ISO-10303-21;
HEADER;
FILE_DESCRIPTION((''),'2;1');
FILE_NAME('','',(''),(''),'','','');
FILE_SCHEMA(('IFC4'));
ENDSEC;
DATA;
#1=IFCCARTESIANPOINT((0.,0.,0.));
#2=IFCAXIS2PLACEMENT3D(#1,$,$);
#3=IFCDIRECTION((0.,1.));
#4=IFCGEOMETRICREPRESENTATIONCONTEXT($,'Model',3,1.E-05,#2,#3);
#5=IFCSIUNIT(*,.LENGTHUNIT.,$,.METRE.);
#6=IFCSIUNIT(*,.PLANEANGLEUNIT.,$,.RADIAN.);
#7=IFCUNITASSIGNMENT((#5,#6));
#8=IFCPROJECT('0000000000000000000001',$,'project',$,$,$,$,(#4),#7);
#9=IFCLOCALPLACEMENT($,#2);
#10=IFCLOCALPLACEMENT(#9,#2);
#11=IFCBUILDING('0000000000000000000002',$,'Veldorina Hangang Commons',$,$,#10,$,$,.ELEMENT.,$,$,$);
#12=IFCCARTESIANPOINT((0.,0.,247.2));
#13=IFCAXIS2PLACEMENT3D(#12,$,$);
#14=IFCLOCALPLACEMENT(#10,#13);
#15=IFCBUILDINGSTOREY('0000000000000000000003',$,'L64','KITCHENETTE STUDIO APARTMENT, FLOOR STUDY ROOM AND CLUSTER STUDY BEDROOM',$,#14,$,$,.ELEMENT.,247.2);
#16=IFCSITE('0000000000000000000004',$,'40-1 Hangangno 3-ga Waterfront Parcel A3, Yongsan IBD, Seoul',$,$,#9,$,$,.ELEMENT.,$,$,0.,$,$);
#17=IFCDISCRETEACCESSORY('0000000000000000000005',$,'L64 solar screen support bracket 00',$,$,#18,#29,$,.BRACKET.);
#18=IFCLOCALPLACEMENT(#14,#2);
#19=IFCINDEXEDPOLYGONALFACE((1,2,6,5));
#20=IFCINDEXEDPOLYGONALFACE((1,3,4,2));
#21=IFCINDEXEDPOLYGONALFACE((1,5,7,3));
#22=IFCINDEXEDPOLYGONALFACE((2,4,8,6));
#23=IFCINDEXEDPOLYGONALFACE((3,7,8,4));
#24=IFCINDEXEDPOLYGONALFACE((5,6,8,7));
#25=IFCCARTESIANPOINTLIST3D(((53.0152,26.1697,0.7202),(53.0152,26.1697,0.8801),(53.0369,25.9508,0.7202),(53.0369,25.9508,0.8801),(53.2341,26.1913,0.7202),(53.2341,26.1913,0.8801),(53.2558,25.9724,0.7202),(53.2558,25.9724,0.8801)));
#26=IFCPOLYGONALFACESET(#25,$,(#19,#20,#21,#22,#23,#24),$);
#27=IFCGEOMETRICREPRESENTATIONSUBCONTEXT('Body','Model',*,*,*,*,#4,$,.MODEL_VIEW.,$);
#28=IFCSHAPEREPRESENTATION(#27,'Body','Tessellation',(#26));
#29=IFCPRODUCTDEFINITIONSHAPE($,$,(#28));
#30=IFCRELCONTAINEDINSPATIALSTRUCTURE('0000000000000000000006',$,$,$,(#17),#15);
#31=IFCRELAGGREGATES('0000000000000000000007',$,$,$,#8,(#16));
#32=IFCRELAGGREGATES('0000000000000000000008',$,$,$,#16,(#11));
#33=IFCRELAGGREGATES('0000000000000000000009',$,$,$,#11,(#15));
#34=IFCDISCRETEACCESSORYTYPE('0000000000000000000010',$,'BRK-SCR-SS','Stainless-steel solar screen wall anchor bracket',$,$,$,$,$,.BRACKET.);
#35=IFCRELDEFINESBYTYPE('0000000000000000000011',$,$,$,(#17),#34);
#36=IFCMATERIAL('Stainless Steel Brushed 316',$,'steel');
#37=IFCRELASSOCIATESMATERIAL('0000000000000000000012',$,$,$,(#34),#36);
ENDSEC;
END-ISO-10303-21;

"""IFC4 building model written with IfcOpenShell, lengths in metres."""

from ifc_helpers import new_model, si_unit, direction, frame, origin, origin_2d, place, context, subcontext, project, spatial, rectangle, extrude, material, type_object, element, save


model = new_model("IFC4")

# Units and contexts
model_context = context("Model", 3, precision=1e-05, world=origin(), true_north=direction((0.0, 1.0)))
body_context = subcontext(model_context, "Body", "Model", "MODEL_VIEW")
ifc_project = project(units=[si_unit("LENGTHUNIT", "METRE"), si_unit("PLANEANGLEUNIT", "RADIAN")], contexts=[model_context])

# Site, building, storey
site_placement = place(None, origin())
site = spatial("IfcSite", under=ifc_project, at=site_placement, Name="40-1 Hangangno 3-ga Waterfront Parcel A3, Yongsan IBD, Seoul", CompositionType="ELEMENT", RefElevation=0.0)
building_placement = place(site_placement, origin())
building = spatial("IfcBuilding", under=site, at=building_placement, Name="Veldorina Hangang Commons", CompositionType="ELEMENT")
storey_placement = place(building_placement, frame((0.0, 0.0, 247.2)))
storey = spatial("IfcBuildingStorey", under=building, at=storey_placement, Name="L64", Description="KITCHENETTE STUDIO APARTMENT, FLOOR STUDY ROOM AND CLUSTER STUDY BEDROOM", CompositionType="ELEMENT", Elevation=247.2)

# Discrete accessory
ifc_material_1 = material(Name="Stainless Steel Brushed 316", Category="steel")
discrete_accessory_type = type_object("IfcDiscreteAccessoryType", Name="BRK-SCR-SS", Description="Stainless-steel solar screen wall anchor bracket", PredefinedType="BRACKET", material=ifc_material_1)
discrete_accessory_placement = place(storey_placement, frame((53.1355, 26.071, 0.7202), z_axis=(0.0, 0.0, 1.0), x_axis=(-0.098521, 0.995135, 0.0)))
element("IfcDiscreteAccessory", 1, at=discrete_accessory_placement, inside=storey, type_object=discrete_accessory_type, Name="L64 solar screen support bracket 00", PredefinedType="BRACKET", context=body_context, shape_type="SweptSolid", body=[
    extrude(rectangle(XDim=0.22, YDim=0.22, at=origin_2d()), origin(), (0.0, 0.0, 1.0), 0.1599),
])

save(model, "model.ifc")
